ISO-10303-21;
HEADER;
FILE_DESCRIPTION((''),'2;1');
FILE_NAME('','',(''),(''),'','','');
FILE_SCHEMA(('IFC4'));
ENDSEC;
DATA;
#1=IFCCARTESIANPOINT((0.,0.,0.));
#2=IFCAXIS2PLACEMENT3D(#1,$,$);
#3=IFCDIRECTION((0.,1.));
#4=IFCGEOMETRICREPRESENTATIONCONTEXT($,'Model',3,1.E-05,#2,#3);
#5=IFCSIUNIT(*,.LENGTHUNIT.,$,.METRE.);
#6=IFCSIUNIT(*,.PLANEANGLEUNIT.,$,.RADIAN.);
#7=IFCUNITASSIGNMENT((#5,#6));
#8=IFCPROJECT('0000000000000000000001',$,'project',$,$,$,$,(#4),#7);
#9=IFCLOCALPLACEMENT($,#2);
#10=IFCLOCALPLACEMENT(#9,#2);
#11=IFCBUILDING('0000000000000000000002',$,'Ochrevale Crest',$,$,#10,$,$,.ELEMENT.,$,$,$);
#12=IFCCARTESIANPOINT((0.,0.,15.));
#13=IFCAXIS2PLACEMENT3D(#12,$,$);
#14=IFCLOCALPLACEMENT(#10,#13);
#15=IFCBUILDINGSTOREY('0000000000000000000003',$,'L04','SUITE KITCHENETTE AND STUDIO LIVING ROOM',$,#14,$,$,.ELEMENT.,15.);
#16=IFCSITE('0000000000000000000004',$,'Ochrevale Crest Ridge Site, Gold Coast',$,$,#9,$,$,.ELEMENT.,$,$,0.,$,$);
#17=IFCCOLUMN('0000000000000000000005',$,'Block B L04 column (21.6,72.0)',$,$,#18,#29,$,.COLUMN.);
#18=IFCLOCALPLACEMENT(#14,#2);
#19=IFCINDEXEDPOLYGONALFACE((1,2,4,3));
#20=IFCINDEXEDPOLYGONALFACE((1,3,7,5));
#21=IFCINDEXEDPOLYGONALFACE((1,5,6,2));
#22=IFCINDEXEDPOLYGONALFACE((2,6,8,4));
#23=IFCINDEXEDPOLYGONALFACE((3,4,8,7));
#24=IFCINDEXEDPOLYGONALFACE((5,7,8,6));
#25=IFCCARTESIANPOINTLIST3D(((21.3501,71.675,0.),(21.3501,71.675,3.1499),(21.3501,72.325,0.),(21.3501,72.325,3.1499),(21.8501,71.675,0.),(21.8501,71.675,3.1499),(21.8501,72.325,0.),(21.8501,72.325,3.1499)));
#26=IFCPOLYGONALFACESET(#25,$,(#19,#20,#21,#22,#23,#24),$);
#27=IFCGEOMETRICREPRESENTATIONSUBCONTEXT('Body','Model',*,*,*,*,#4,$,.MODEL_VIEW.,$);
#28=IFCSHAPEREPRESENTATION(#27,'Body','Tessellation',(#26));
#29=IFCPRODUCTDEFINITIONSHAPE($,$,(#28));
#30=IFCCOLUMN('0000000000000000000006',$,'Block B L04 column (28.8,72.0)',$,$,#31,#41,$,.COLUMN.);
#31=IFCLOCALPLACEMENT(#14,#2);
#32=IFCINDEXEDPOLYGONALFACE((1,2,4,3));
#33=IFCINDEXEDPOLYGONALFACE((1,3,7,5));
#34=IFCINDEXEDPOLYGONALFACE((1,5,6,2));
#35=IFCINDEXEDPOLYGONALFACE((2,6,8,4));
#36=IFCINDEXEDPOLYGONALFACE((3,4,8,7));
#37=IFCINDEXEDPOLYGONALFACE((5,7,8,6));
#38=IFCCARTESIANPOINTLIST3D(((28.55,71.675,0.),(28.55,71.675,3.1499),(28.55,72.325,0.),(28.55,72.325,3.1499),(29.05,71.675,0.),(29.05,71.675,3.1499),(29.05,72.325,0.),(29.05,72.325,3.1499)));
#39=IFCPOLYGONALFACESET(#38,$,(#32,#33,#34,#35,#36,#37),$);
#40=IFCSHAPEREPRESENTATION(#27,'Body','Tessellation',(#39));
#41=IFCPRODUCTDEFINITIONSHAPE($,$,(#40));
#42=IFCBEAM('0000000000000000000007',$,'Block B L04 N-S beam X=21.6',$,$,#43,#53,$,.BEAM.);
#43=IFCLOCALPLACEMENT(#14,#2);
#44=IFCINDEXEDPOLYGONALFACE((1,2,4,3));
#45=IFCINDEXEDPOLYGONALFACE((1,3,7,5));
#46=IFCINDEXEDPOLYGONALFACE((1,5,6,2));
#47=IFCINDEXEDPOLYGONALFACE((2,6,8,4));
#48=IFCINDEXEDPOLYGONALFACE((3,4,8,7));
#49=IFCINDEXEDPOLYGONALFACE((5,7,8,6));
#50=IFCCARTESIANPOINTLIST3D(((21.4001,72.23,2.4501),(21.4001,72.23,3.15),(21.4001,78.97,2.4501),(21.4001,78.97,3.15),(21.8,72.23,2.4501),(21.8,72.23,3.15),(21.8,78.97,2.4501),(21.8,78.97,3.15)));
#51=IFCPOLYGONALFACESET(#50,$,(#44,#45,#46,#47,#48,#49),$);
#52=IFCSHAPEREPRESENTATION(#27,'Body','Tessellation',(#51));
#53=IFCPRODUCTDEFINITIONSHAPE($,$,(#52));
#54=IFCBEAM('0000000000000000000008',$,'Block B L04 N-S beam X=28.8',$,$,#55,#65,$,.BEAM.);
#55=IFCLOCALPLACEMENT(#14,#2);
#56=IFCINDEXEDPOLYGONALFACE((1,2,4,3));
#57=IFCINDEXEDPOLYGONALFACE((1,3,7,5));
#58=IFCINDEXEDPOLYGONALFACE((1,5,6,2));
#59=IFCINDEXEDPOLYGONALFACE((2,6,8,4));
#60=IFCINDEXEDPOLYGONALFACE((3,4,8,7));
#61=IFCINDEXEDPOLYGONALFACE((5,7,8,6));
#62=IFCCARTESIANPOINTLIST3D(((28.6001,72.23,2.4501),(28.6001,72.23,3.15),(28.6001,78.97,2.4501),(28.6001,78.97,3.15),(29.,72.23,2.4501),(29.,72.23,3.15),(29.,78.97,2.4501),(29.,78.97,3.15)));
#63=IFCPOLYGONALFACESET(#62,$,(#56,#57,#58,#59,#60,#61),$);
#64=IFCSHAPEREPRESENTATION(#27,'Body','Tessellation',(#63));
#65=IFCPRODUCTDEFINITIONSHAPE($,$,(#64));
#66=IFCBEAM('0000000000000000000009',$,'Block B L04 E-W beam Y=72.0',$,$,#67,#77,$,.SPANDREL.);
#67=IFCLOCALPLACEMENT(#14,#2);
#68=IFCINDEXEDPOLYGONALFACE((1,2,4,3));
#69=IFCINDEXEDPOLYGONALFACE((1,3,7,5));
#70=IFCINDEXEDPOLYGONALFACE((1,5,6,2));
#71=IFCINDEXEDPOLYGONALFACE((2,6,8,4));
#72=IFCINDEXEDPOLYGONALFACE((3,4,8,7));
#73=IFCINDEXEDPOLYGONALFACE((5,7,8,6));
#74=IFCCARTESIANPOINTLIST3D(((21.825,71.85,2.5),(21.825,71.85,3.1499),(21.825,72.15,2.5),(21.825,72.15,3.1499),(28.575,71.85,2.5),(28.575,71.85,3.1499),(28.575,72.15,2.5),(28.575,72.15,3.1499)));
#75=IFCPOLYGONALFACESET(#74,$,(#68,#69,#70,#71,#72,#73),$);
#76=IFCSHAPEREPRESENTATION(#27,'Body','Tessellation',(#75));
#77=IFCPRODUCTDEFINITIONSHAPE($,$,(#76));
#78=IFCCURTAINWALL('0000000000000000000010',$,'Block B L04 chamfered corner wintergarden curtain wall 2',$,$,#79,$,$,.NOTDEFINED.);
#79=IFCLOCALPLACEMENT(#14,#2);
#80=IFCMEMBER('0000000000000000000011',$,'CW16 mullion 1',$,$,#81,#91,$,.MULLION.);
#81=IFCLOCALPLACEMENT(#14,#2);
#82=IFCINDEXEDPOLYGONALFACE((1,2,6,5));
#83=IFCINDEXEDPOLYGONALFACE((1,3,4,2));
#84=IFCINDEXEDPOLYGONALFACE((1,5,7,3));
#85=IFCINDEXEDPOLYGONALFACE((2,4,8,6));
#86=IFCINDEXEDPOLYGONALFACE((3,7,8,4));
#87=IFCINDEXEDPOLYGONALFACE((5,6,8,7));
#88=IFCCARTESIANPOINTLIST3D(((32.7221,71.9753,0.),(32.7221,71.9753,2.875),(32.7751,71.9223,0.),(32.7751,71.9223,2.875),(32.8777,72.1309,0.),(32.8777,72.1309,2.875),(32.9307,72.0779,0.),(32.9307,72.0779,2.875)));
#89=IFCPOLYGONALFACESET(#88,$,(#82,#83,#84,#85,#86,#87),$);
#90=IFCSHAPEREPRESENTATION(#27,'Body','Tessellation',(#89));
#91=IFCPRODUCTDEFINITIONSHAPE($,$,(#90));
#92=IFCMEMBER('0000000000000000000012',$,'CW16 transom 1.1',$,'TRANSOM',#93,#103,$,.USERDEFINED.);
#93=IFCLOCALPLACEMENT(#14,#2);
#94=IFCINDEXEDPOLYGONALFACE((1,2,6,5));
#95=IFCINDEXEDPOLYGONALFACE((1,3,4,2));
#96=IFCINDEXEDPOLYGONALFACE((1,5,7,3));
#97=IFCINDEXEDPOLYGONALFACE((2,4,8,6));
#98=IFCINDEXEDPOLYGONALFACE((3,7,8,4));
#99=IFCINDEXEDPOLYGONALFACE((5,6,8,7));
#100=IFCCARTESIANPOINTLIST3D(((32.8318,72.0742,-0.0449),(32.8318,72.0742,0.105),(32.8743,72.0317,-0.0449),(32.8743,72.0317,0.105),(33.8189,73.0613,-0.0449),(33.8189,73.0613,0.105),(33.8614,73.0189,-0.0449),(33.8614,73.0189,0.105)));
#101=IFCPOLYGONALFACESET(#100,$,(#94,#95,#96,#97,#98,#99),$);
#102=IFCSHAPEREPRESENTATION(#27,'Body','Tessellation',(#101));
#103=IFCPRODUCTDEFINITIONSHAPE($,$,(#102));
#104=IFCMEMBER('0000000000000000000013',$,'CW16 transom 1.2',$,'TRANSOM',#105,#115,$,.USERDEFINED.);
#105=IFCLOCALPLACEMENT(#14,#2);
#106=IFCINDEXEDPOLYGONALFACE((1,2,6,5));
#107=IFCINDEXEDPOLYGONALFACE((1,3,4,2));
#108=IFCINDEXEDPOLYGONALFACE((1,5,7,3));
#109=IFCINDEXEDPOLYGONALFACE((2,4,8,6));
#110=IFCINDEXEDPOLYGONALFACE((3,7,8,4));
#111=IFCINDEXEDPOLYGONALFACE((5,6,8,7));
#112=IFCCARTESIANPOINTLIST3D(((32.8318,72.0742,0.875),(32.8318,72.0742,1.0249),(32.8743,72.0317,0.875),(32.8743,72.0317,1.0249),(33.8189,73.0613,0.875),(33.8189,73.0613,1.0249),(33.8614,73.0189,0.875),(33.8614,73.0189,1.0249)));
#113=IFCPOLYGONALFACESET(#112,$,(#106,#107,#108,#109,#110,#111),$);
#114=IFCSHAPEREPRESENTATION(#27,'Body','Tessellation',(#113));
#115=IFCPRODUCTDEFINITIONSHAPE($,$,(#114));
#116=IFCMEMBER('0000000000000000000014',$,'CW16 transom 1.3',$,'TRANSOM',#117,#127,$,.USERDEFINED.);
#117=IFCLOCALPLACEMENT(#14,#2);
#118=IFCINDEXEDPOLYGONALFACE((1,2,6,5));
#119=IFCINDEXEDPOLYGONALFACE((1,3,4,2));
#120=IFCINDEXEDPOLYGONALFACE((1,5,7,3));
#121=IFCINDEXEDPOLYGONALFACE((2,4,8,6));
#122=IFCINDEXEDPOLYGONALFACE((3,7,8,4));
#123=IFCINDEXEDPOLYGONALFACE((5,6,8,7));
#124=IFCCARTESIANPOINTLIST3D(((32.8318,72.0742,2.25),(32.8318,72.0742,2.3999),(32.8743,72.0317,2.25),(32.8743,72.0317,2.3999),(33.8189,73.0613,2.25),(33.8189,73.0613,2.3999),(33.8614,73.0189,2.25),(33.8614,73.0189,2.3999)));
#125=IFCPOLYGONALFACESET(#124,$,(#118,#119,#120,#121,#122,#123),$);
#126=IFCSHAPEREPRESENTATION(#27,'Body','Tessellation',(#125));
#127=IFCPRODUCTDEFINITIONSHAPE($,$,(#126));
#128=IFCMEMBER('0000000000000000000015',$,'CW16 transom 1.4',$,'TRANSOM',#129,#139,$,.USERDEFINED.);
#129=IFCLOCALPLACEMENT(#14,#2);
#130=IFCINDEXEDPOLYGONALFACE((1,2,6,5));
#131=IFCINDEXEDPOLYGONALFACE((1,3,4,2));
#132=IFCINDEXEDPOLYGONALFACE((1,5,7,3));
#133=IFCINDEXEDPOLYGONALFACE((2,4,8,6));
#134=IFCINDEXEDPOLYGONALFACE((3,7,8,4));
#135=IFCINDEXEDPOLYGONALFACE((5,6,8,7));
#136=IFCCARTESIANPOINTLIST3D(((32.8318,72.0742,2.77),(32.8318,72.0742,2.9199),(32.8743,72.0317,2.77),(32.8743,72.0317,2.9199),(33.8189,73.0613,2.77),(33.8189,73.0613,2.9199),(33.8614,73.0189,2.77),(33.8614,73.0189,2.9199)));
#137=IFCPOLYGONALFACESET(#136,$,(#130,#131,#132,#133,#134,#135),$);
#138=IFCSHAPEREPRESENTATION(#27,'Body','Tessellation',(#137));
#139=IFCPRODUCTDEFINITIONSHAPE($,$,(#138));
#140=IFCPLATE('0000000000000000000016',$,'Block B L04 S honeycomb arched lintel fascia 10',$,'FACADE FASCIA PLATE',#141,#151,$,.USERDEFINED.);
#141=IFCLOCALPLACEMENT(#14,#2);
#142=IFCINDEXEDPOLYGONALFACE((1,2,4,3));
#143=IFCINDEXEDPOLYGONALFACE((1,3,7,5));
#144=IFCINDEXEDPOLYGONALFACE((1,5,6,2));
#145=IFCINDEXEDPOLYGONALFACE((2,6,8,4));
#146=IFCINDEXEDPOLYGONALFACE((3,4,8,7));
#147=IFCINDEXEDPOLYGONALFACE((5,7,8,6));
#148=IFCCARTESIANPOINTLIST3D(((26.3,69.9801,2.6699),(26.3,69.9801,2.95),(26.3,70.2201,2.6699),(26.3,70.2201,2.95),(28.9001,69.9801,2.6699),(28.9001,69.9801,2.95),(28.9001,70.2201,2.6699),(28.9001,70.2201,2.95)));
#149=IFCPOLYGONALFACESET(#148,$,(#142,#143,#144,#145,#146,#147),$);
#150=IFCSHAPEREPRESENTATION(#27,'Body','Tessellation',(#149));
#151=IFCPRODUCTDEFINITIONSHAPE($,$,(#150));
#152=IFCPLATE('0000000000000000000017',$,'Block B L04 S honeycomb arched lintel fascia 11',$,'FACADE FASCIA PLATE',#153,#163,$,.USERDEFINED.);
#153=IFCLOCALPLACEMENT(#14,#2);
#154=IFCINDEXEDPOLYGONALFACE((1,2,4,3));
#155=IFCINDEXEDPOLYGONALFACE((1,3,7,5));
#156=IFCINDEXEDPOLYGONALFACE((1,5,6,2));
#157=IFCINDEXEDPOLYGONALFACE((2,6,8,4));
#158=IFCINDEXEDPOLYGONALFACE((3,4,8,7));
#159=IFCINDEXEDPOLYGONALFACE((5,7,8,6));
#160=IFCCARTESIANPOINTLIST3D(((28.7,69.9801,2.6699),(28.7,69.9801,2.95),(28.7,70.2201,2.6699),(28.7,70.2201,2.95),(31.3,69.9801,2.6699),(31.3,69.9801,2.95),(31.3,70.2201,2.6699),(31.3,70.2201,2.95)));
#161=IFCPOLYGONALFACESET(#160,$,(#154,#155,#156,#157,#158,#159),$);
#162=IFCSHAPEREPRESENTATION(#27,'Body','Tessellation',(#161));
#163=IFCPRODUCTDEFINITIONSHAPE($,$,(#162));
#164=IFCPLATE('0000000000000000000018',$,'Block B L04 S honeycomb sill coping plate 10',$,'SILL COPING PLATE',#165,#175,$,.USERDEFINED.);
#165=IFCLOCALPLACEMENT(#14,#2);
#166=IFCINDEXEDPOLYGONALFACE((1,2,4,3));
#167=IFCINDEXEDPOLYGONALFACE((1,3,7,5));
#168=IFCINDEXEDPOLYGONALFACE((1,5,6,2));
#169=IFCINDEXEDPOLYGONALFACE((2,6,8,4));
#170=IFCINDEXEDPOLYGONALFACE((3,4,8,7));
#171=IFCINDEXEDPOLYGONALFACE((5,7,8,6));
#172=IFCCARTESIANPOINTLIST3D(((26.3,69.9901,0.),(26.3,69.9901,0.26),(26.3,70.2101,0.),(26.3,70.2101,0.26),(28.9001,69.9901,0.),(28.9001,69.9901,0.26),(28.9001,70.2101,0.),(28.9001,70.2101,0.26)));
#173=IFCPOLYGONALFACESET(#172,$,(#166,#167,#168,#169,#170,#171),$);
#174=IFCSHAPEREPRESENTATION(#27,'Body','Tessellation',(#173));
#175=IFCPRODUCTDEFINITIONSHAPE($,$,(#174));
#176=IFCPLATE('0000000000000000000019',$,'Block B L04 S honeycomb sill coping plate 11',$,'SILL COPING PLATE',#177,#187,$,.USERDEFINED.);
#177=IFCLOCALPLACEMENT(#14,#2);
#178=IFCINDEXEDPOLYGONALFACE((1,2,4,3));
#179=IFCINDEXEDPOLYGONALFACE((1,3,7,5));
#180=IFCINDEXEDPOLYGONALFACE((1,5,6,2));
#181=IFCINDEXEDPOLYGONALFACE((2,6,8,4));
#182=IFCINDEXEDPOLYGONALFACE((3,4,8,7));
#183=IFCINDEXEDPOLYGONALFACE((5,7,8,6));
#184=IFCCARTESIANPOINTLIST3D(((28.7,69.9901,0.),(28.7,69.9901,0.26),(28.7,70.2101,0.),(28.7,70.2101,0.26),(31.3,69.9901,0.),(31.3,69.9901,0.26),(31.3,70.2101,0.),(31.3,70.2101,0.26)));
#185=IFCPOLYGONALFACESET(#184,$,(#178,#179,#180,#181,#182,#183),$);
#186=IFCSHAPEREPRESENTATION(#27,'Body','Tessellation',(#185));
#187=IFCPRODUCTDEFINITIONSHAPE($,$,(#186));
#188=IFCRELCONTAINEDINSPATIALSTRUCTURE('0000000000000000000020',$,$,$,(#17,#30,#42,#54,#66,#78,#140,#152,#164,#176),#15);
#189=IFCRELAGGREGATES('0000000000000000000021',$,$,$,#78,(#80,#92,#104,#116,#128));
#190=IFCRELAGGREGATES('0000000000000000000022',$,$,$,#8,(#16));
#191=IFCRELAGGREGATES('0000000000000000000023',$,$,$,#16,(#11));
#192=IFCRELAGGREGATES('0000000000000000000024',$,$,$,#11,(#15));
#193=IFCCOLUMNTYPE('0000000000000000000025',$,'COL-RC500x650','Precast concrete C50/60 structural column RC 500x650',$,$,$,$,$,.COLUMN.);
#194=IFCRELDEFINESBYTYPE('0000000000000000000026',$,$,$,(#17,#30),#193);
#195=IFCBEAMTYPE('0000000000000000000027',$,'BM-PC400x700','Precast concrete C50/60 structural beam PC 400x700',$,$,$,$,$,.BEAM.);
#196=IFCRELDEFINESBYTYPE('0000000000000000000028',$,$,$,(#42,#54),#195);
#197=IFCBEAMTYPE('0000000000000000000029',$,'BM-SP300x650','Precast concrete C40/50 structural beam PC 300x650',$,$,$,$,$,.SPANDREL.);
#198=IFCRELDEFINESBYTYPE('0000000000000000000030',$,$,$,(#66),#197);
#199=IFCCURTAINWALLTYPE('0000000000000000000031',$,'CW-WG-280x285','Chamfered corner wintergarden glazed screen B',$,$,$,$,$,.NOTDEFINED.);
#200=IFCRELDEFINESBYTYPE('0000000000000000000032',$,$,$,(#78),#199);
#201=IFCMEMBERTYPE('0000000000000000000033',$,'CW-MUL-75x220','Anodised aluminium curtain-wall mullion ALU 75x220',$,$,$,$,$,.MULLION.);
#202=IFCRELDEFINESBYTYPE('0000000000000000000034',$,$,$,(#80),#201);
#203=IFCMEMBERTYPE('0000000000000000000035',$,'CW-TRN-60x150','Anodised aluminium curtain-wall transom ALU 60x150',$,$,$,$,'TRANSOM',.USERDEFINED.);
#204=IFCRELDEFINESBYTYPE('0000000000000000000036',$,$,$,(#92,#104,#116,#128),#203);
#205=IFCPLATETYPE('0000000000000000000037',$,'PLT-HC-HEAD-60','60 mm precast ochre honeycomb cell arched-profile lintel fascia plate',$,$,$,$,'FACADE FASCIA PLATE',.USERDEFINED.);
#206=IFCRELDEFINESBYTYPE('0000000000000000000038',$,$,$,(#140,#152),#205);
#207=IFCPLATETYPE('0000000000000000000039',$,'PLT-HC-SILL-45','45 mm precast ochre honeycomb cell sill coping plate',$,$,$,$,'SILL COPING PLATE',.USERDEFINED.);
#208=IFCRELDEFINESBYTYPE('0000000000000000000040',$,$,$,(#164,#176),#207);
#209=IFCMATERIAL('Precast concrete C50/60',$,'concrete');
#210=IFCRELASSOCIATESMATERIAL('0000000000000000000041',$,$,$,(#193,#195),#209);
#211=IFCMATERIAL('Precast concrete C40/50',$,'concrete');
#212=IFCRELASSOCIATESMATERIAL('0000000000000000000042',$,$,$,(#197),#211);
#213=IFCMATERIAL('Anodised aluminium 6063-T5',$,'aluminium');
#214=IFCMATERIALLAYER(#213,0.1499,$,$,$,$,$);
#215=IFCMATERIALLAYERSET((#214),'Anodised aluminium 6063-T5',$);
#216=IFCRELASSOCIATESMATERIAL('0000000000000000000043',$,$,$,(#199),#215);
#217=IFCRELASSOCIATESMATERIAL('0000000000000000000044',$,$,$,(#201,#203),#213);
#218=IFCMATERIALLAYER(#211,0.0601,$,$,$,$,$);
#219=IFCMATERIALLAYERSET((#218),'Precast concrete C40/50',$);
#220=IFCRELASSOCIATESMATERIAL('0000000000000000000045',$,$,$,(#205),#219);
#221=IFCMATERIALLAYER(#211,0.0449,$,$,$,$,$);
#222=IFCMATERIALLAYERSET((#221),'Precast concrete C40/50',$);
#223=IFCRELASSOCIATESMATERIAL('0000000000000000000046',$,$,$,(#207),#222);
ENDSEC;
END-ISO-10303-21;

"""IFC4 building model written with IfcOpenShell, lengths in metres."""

from ifc_helpers import new_model, si_unit, direction, frame, origin, origin_2d, place, context, subcontext, project, spatial, rectangle, extrude, material, layer, layer_set, material_profile, profile_set, type_object, element, aggregate, save


model = new_model("IFC4")

# Units and contexts
model_context = context("Model", 3, precision=1e-05, world=origin(), true_north=direction((0.0, 1.0)))
body_context = subcontext(model_context, "Body", "Model", "MODEL_VIEW")
ifc_project = project(units=[si_unit("LENGTHUNIT", "METRE"), si_unit("PLANEANGLEUNIT", "RADIAN")], contexts=[model_context])

# Site, building, storey
site_placement = place(None, origin())
site = spatial("IfcSite", under=ifc_project, at=site_placement, Name="Ochrevale Crest Ridge Site, Gold Coast", CompositionType="ELEMENT", RefElevation=0.0)
building_placement = place(site_placement, origin())
building = spatial("IfcBuilding", under=site, at=building_placement, Name="Ochrevale Crest", CompositionType="ELEMENT")
storey_placement = place(building_placement, frame((0.0, 0.0, 15.0)))
storey = spatial("IfcBuildingStorey", under=building, at=storey_placement, Name="L04", Description="SUITE KITCHENETTE AND STUDIO LIVING ROOM", CompositionType="ELEMENT", Elevation=15.0)

# Columns
ifc_material_1 = material(Name="Precast concrete C50/60", Category="concrete")
ifc_material_profile_1 = material_profile(ifc_material_1, rectangle(XDim=0.5, YDim=0.6499, at=origin_2d()), Name="RC 500x650")
ifc_profile_set_1 = profile_set([ifc_material_profile_1], Name="Precast concrete C50/60")
column_type = type_object("IfcColumnType", Name="COL-RC500x650", Description="Precast concrete C50/60 structural column RC 500x650", PredefinedType="COLUMN", material=ifc_profile_set_1)
for number, where, z_axis, x_axis, name in (
    (1, (21.6001, 72.0, 0.0), (0.0, 0.0, 1.0), (1.0, 0.0, 0.0), "Block B L04 column (21.6,72.0)"),
    (2, (28.8, 72.0, 0.0), (0.0, 0.0, 1.0), (1.0, 0.0, 0.0), "Block B L04 column (28.8,72.0)"),
):
    element("IfcColumn", number, at=place(storey_placement, frame(where, z_axis=z_axis, x_axis=x_axis)), inside=storey, type_object=column_type, Name=name, PredefinedType="COLUMN", context=body_context, shape_type="SweptSolid", body=[
        extrude(rectangle(XDim=0.5, YDim=0.6499, at=origin_2d()), origin(), (0.0, 0.0, 1.0), 3.1499),
    ])

# Beams
ifc_material_profile_2 = material_profile(ifc_material_1, rectangle(XDim=0.3999, YDim=0.7, at=origin_2d()), Name="PC 400x700")
ifc_profile_set_2 = profile_set([ifc_material_profile_2], Name="Precast concrete C50/60")
beam_type_1 = type_object("IfcBeamType", Name="BM-PC400x700", Description="Precast concrete C50/60 structural beam PC 400x700", PredefinedType="BEAM", material=ifc_profile_set_2)
for number, where, z_axis, x_axis, name in (
    (3, (21.6001, 72.23, 2.8), (0.0, 1.0, 0.0), (-1.0, 0.0, 0.0), "Block B L04 N-S beam X=21.6"),
    (4, (28.8, 72.23, 2.8), (0.0, 1.0, 0.0), (-1.0, 0.0, 0.0), "Block B L04 N-S beam X=28.8"),
):
    element("IfcBeam", number, at=place(storey_placement, frame(where, z_axis=z_axis, x_axis=x_axis)), inside=storey, type_object=beam_type_1, Name=name, PredefinedType="BEAM", context=body_context, shape_type="SweptSolid", body=[
        extrude(rectangle(XDim=0.3999, YDim=0.7, at=origin_2d()), origin(), (0.0, 0.0, 1.0), 6.74),
    ])
ifc_material_2 = material(Name="Precast concrete C40/50", Category="concrete")
ifc_material_profile_3 = material_profile(ifc_material_2, rectangle(XDim=0.3, YDim=0.6499, at=origin_2d()), Name="PC 300x650")
ifc_profile_set_3 = profile_set([ifc_material_profile_3], Name="Precast concrete C40/50")
beam_type_2 = type_object("IfcBeamType", Name="BM-SP300x650", Description="Precast concrete C40/50 structural beam PC 300x650", PredefinedType="SPANDREL", material=ifc_profile_set_3)
beam_placement = place(storey_placement, frame((21.825, 72.0, 2.825), z_axis=(1.0, 0.0, 0.0), x_axis=(0.0, 1.0, 0.0)))
element("IfcBeam", 5, at=beam_placement, inside=storey, type_object=beam_type_2, Name="Block B L04 E-W beam Y=72.0", PredefinedType="SPANDREL", context=body_context, shape_type="SweptSolid", body=[
    extrude(rectangle(XDim=0.3, YDim=0.6499, at=origin_2d()), origin(), (0.0, 0.0, 1.0), 6.75),
])

# Curtain wall, members
ifc_material_3 = material(Name="Anodised aluminium 6063-T5", Category="aluminium")
ifc_layer_1 = layer(ifc_material_3, 0.1499)
ifc_layer_set_1 = layer_set([ifc_layer_1], Name="Anodised aluminium 6063-T5")
curtain_wall_type = type_object("IfcCurtainWallType", Name="CW-WG-280x285", Description="Chamfered corner wintergarden glazed screen B", PredefinedType="NOTDEFINED", material=ifc_layer_set_1)
curtain_wall_placement = place(storey_placement, origin())
curtain_wall = element("IfcCurtainWall", 6, at=curtain_wall_placement, inside=storey, type_object=curtain_wall_type, Name="Block B L04 chamfered corner wintergarden curtain wall 2", PredefinedType="NOTDEFINED")
ifc_material_profile_4 = material_profile(ifc_material_3, rectangle(XDim=0.075, YDim=0.22, at=origin_2d()), Name="ALU 75x220")
ifc_profile_set_4 = profile_set([ifc_material_profile_4], Name="Anodised aluminium 6063-T5")
member_type_1 = type_object("IfcMemberType", Name="CW-MUL-75x220", Description="Anodised aluminium curtain-wall mullion ALU 75x220", PredefinedType="MULLION", material=ifc_profile_set_4)
member_1_placement = place(storey_placement, frame((32.8264, 72.0266, 0.0), z_axis=(0.0, 0.0, 1.0), x_axis=(-0.707107, 0.707107, 0.0)))
member_1 = element("IfcMember", 7, at=member_1_placement, type_object=member_type_1, Name="CW16 mullion 1", PredefinedType="MULLION", context=body_context, shape_type="SweptSolid", body=[
    extrude(rectangle(XDim=0.075, YDim=0.22, at=origin_2d()), origin(), (0.0, 0.0, 1.0), 2.875),
])
ifc_material_profile_5 = material_profile(ifc_material_3, rectangle(XDim=0.0601, YDim=0.1499, at=origin_2d()), Name="ALU 60x150")
ifc_profile_set_5 = profile_set([ifc_material_profile_5], Name="Anodised aluminium 6063-T5")
member_type_2 = type_object("IfcMemberType", Name="CW-TRN-60x150", Description="Anodised aluminium curtain-wall transom ALU 60x150", ElementType="TRANSOM", PredefinedType="USERDEFINED", material=ifc_profile_set_5)
member_2_placement = place(storey_placement, frame((32.853, 72.053, 0.03), z_axis=(0.707107, 0.707107, 0.0), x_axis=(-0.707107, 0.707107, 0.0)))
member_2 = element("IfcMember", 8, at=member_2_placement, type_object=member_type_2, Name="CW16 transom 1.1", ObjectType="TRANSOM", PredefinedType="USERDEFINED", context=body_context, shape_type="SweptSolid", body=[
    extrude(rectangle(XDim=0.0601, YDim=0.1499, at=origin_2d()), origin(), (0.0, 0.0, 1.0), 1.396),
])
member_3_placement = place(storey_placement, frame((32.853, 72.053, 0.95), z_axis=(0.707107, 0.707107, 0.0), x_axis=(-0.707107, 0.707107, 0.0)))
member_3 = element("IfcMember", 9, at=member_3_placement, type_object=member_type_2, Name="CW16 transom 1.2", ObjectType="TRANSOM", PredefinedType="USERDEFINED", context=body_context, shape_type="SweptSolid", body=[
    extrude(rectangle(XDim=0.0601, YDim=0.1499, at=origin_2d()), origin(), (0.0, 0.0, 1.0), 1.396),
])
member_4_placement = place(storey_placement, frame((32.853, 72.053, 2.325), z_axis=(0.707107, 0.707107, 0.0), x_axis=(-0.707107, 0.707107, 0.0)))
member_4 = element("IfcMember", 10, at=member_4_placement, type_object=member_type_2, Name="CW16 transom 1.3", ObjectType="TRANSOM", PredefinedType="USERDEFINED", context=body_context, shape_type="SweptSolid", body=[
    extrude(rectangle(XDim=0.0601, YDim=0.1499, at=origin_2d()), origin(), (0.0, 0.0, 1.0), 1.396),
])
member_5_placement = place(storey_placement, frame((32.853, 72.053, 2.845), z_axis=(0.707107, 0.707107, 0.0), x_axis=(-0.707107, 0.707107, 0.0)))
member_5 = element("IfcMember", 11, at=member_5_placement, type_object=member_type_2, Name="CW16 transom 1.4", ObjectType="TRANSOM", PredefinedType="USERDEFINED", context=body_context, shape_type="SweptSolid", body=[
    extrude(rectangle(XDim=0.0601, YDim=0.1499, at=origin_2d()), origin(), (0.0, 0.0, 1.0), 1.396),
])
aggregate(curtain_wall, [member_1, member_2, member_3, member_4, member_5])

# Plates
ifc_layer_2 = layer(ifc_material_2, 0.0601)
ifc_layer_set_2 = layer_set([ifc_layer_2], Name="Precast concrete C40/50")
plate_type_1 = type_object("IfcPlateType", Name="PLT-HC-HEAD-60", Description="60 mm precast ochre honeycomb cell arched-profile lintel fascia plate", ElementType="FACADE FASCIA PLATE", PredefinedType="USERDEFINED", material=ifc_layer_set_2)
for number, where, z_axis, x_axis, name in (
    (12, (27.6001, 70.1001, 2.6699), (0.0, 0.0, 1.0), (1.0, 0.0, 0.0), "Block B L04 S honeycomb arched lintel fascia 10"),
    (13, (30.0, 70.1001, 2.6699), (0.0, 0.0, 1.0), (1.0, 0.0, 0.0), "Block B L04 S honeycomb arched lintel fascia 11"),
):
    element("IfcPlate", number, at=place(storey_placement, frame(where, z_axis=z_axis, x_axis=x_axis)), inside=storey, type_object=plate_type_1, Name=name, ObjectType="FACADE FASCIA PLATE", PredefinedType="USERDEFINED", context=body_context, shape_type="SweptSolid", body=[
        extrude(rectangle(XDim=2.6001, YDim=0.24, at=origin_2d()), origin(), (0.0, 0.0, 1.0), 0.28),
    ])
ifc_layer_3 = layer(ifc_material_2, 0.0449)
ifc_layer_set_3 = layer_set([ifc_layer_3], Name="Precast concrete C40/50")
plate_type_2 = type_object("IfcPlateType", Name="PLT-HC-SILL-45", Description="45 mm precast ochre honeycomb cell sill coping plate", ElementType="SILL COPING PLATE", PredefinedType="USERDEFINED", material=ifc_layer_set_3)
for number, where, z_axis, x_axis, name in (
    (14, (27.6001, 70.1001, 0.0), (0.0, 0.0, 1.0), (1.0, 0.0, 0.0), "Block B L04 S honeycomb sill coping plate 10"),
    (15, (30.0, 70.1001, 0.0), (0.0, 0.0, 1.0), (1.0, 0.0, 0.0), "Block B L04 S honeycomb sill coping plate 11"),
):
    element("IfcPlate", number, at=place(storey_placement, frame(where, z_axis=z_axis, x_axis=x_axis)), inside=storey, type_object=plate_type_2, Name=name, ObjectType="SILL COPING PLATE", PredefinedType="USERDEFINED", context=body_context, shape_type="SweptSolid", body=[
        extrude(rectangle(XDim=2.6001, YDim=0.22, at=origin_2d()), origin(), (0.0, 0.0, 1.0), 0.26),
    ])

save(model, "model.ifc")
